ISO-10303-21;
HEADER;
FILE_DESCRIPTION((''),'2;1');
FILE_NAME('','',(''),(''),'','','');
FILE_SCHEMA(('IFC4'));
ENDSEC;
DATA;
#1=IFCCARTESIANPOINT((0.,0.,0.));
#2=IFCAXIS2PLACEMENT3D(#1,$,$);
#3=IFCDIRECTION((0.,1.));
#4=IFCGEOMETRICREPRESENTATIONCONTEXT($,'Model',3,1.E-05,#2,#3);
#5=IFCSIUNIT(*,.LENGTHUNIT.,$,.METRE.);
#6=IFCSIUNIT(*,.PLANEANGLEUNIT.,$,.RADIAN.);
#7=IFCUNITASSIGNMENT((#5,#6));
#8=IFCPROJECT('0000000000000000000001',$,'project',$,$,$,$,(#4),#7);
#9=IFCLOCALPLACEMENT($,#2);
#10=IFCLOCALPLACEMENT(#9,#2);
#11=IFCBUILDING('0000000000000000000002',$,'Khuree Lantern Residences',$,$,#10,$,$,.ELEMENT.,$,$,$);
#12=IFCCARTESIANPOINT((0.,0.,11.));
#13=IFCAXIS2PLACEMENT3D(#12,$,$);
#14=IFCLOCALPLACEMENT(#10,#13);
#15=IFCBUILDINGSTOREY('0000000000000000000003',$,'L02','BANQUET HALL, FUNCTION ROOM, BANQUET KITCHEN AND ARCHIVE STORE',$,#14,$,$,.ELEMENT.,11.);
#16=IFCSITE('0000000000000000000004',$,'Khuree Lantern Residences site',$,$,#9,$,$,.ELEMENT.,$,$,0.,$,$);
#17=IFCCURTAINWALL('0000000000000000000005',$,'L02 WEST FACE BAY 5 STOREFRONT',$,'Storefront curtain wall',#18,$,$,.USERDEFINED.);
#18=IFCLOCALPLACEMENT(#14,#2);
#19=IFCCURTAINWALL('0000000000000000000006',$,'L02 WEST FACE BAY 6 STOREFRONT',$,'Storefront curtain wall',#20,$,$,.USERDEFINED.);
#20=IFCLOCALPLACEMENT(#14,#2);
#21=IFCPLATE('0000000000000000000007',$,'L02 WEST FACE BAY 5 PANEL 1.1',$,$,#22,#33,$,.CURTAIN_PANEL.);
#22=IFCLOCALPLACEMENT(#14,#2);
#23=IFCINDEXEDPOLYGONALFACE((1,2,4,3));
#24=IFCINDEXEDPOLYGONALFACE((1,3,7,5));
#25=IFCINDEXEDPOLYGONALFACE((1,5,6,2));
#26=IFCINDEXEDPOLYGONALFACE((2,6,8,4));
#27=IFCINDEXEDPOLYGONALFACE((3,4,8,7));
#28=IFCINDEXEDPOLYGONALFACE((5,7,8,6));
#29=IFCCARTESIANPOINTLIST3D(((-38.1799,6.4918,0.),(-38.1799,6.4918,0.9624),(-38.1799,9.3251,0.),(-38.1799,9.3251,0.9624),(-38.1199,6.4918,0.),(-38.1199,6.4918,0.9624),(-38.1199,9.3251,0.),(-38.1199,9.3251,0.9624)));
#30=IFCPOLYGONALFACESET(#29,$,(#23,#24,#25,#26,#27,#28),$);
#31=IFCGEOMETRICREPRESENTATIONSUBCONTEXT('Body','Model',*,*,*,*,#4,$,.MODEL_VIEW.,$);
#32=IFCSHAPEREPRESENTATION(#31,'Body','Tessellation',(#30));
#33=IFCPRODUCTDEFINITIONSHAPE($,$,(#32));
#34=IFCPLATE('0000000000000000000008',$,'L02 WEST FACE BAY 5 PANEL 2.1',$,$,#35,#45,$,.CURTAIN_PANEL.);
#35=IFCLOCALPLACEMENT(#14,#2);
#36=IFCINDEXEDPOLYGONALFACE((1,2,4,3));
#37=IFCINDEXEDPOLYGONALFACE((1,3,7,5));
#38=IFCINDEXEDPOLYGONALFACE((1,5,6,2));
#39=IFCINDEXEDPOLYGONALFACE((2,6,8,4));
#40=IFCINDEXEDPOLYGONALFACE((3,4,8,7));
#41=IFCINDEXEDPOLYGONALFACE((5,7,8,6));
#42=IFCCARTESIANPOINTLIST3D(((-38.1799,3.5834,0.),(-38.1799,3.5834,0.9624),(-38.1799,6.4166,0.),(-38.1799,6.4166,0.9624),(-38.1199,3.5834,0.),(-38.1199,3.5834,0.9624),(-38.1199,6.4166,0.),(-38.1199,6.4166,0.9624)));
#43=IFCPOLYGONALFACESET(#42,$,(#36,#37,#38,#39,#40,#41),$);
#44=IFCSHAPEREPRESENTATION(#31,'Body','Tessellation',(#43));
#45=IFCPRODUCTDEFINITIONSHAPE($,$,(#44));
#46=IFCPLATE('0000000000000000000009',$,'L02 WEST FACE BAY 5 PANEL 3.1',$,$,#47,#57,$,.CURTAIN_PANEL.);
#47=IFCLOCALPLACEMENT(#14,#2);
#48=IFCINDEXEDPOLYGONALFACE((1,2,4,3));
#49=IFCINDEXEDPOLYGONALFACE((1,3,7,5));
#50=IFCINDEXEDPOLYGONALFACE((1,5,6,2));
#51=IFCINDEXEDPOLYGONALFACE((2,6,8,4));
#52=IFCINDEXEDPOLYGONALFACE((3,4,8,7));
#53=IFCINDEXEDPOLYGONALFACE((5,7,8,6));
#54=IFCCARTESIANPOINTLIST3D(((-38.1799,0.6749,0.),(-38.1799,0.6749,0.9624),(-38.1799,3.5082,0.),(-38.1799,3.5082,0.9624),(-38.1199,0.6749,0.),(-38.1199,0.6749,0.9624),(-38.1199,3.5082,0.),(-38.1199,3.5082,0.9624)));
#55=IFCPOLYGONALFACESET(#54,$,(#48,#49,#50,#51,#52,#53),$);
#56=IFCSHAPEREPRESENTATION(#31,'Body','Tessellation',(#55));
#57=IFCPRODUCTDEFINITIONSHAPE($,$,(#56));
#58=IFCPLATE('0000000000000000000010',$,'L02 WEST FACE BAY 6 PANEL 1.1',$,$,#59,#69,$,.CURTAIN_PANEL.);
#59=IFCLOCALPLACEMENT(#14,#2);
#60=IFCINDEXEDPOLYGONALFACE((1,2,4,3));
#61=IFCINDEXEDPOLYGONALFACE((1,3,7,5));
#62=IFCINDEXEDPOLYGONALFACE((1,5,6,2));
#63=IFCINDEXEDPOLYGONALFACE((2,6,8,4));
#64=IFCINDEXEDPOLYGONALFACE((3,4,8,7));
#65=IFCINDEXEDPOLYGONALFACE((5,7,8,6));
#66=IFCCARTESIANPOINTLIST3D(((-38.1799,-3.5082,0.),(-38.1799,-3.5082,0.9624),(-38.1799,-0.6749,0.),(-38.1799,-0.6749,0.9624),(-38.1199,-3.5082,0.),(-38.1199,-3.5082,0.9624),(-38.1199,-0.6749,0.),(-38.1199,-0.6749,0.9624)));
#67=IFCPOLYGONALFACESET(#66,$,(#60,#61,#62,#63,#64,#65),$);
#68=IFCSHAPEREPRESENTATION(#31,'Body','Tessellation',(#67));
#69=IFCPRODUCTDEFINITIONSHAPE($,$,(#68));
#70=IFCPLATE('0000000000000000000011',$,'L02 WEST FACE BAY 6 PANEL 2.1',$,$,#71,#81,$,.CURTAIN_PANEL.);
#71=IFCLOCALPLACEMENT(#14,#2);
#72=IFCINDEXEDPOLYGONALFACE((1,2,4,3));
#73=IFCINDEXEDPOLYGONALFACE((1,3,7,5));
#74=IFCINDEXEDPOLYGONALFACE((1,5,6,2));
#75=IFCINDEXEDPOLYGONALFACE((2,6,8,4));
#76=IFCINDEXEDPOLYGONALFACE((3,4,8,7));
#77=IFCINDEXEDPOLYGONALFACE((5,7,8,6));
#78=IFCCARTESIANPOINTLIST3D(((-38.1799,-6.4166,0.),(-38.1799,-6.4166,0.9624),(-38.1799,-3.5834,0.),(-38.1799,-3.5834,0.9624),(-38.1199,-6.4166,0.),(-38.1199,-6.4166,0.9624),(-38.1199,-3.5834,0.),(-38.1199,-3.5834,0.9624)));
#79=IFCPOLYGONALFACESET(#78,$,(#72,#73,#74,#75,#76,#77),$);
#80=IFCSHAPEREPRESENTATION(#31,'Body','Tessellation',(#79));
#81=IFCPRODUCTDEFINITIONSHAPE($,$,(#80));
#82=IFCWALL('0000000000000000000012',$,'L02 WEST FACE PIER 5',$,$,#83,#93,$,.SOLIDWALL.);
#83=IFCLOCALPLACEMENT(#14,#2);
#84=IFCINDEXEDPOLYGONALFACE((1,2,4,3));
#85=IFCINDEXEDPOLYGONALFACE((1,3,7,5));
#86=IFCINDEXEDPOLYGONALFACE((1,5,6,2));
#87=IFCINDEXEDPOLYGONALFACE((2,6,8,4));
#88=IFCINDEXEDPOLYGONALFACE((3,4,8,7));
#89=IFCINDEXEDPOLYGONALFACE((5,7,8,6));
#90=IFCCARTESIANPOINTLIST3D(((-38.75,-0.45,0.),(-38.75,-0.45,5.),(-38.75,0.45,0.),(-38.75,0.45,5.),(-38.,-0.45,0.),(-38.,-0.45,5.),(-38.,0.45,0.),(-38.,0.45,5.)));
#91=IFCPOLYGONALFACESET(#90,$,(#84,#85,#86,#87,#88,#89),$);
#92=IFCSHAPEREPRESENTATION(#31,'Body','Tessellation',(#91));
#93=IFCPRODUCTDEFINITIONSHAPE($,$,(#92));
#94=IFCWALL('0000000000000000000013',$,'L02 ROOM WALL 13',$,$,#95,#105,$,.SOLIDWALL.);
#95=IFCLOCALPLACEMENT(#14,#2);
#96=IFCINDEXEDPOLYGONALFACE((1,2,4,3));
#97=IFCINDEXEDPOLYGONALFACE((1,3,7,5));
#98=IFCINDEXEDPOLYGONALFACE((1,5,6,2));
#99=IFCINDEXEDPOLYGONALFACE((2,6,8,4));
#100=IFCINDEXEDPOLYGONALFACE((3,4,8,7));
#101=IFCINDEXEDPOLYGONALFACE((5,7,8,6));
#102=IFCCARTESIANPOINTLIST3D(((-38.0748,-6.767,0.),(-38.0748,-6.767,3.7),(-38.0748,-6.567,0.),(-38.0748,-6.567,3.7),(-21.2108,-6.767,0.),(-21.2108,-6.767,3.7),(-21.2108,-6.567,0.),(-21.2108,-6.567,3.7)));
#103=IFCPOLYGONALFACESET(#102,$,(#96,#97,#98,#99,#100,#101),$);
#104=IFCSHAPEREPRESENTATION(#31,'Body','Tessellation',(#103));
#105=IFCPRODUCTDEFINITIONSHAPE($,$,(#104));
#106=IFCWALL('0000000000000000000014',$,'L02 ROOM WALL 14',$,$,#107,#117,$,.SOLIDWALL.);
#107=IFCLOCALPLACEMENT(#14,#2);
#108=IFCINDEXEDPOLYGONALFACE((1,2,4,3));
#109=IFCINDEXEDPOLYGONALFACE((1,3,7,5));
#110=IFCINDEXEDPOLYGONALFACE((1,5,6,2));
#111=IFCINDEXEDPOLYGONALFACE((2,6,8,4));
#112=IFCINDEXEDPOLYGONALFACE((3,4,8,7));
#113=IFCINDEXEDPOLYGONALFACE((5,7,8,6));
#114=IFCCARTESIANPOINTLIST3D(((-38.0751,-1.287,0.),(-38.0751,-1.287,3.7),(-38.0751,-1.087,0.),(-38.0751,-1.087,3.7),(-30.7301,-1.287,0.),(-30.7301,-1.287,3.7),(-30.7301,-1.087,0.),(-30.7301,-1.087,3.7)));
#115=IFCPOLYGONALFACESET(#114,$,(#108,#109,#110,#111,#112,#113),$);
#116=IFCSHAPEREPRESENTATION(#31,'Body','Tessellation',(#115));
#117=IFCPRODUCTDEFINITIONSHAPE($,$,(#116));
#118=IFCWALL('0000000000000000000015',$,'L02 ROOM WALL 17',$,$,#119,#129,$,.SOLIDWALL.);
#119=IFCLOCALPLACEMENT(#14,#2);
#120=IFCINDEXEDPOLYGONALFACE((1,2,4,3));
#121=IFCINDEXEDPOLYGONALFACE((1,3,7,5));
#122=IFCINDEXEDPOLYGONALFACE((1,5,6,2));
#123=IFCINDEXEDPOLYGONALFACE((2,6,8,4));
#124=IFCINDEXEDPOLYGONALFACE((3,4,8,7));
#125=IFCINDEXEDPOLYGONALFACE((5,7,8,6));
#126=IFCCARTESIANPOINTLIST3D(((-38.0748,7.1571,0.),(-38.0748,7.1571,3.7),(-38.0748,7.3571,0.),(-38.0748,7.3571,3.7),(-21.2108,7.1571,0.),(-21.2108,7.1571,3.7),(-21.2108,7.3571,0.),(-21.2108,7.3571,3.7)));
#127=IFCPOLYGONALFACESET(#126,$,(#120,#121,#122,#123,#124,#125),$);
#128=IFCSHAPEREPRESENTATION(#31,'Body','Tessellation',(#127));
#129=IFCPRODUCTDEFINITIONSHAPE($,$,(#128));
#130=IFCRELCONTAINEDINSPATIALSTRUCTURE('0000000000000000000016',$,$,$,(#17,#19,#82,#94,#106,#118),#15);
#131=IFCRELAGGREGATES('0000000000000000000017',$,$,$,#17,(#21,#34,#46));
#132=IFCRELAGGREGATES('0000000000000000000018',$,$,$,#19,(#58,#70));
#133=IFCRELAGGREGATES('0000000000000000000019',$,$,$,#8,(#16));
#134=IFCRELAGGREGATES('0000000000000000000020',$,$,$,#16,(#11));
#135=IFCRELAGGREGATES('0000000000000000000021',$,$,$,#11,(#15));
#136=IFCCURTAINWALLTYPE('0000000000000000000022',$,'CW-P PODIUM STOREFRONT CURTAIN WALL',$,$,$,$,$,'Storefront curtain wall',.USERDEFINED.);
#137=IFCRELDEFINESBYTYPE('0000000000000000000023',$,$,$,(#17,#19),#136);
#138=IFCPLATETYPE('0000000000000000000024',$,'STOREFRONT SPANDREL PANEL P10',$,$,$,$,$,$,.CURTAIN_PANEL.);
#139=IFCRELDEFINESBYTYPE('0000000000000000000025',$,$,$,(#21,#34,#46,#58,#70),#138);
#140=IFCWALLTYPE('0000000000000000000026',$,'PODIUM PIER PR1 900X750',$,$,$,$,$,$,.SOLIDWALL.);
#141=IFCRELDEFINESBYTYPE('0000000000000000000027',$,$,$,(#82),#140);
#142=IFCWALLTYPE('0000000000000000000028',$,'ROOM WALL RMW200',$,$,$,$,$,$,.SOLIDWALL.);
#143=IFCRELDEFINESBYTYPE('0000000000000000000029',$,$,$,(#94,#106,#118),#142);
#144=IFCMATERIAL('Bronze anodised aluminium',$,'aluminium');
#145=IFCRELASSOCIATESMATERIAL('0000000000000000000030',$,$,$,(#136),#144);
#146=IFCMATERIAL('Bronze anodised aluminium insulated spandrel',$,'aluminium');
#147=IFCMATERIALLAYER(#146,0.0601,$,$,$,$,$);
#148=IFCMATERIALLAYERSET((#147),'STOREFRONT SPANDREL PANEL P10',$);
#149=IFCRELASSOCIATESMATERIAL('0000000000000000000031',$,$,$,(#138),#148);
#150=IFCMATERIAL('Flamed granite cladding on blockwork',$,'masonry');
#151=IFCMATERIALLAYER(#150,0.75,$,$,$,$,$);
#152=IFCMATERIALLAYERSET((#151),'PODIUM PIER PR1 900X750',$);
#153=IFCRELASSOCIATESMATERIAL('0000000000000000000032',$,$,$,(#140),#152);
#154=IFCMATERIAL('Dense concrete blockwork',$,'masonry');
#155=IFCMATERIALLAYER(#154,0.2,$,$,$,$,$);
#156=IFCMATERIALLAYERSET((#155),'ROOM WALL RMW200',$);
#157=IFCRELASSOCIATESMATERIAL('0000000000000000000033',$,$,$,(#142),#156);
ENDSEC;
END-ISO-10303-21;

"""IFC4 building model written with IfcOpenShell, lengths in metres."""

from ifc_helpers import new_model, si_unit, direction, frame, frame_2d, origin, origin_2d, place, context, subcontext, project, spatial, rectangle, extrude, material, layer, layer_set, type_object, element, aggregate, save


model = new_model("IFC4")

# Units and contexts
model_context = context("Model", 3, precision=1e-05, world=origin(), true_north=direction((0.0, 1.0)))
body_context = subcontext(model_context, "Body", "Model", "MODEL_VIEW")
ifc_project = project(units=[si_unit("LENGTHUNIT", "METRE"), si_unit("PLANEANGLEUNIT", "RADIAN")], contexts=[model_context])

# Site, building, storey
site_placement = place(None, origin())
site = spatial("IfcSite", under=ifc_project, at=site_placement, Name="Khuree Lantern Residences site", CompositionType="ELEMENT", RefElevation=0.0)
building_placement = place(site_placement, origin())
building = spatial("IfcBuilding", under=site, at=building_placement, Name="Khuree Lantern Residences", CompositionType="ELEMENT")
storey_placement = place(building_placement, frame((0.0, 0.0, 11.0)))
storey = spatial("IfcBuildingStorey", under=building, at=storey_placement, Name="L02", Description="BANQUET HALL, FUNCTION ROOM, BANQUET KITCHEN AND ARCHIVE STORE", CompositionType="ELEMENT", Elevation=11.0)

# Curtain walls
ifc_material_1 = material(Name="Bronze anodised aluminium", Category="aluminium")
curtain_wall_type = type_object("IfcCurtainWallType", Name="CW-P PODIUM STOREFRONT CURTAIN WALL", ElementType="Storefront curtain wall", PredefinedType="USERDEFINED", material=ifc_material_1)
curtain_wall_1_placement = place(storey_placement, origin())
curtain_wall_1 = element("IfcCurtainWall", 1, at=curtain_wall_1_placement, inside=storey, type_object=curtain_wall_type, Name="L02 WEST FACE BAY 5 STOREFRONT", ObjectType="Storefront curtain wall", PredefinedType="USERDEFINED")
curtain_wall_2_placement = place(storey_placement, origin())
curtain_wall_2 = element("IfcCurtainWall", 2, at=curtain_wall_2_placement, inside=storey, type_object=curtain_wall_type, Name="L02 WEST FACE BAY 6 STOREFRONT", ObjectType="Storefront curtain wall", PredefinedType="USERDEFINED")

# Plates
ifc_material_2 = material(Name="Bronze anodised aluminium insulated spandrel", Category="aluminium")
ifc_layer_1 = layer(ifc_material_2, 0.0601)
ifc_layer_set_1 = layer_set([ifc_layer_1], Name="STOREFRONT SPANDREL PANEL P10")
plate_type_1 = type_object("IfcPlateType", Name="STOREFRONT SPANDREL PANEL P10", PredefinedType="CURTAIN_PANEL", material=ifc_layer_set_1)
plate_1_placement = place(storey_placement, frame((-38.1499, 7.9084, 0.0), z_axis=(0.0, 0.0, 1.0), x_axis=(0.0, -1.0, 0.0)))
plate_1 = element("IfcPlate", 3, at=plate_1_placement, type_object=plate_type_1, Name="L02 WEST FACE BAY 5 PANEL 1.1", PredefinedType="CURTAIN_PANEL", context=body_context, shape_type="SweptSolid", body=[
    extrude(rectangle(XDim=2.8333, YDim=0.0601, at=origin_2d()), origin(), (0.0, 0.0, 1.0), 0.9624),
])
plate_2_placement = place(storey_placement, frame((-38.1499, 5.0, 0.0), z_axis=(0.0, 0.0, 1.0), x_axis=(0.0, -1.0, 0.0)))
plate_2 = element("IfcPlate", 4, at=plate_2_placement, type_object=plate_type_1, Name="L02 WEST FACE BAY 5 PANEL 2.1", PredefinedType="CURTAIN_PANEL", context=body_context, shape_type="SweptSolid", body=[
    extrude(rectangle(XDim=2.8333, YDim=0.0601, at=origin_2d()), origin(), (0.0, 0.0, 1.0), 0.9624),
])
plate_3_placement = place(storey_placement, frame((-38.1499, 2.0916, 0.0), z_axis=(0.0, 0.0, 1.0), x_axis=(0.0, -1.0, 0.0)))
plate_3 = element("IfcPlate", 5, at=plate_3_placement, type_object=plate_type_1, Name="L02 WEST FACE BAY 5 PANEL 3.1", PredefinedType="CURTAIN_PANEL", context=body_context, shape_type="SweptSolid", body=[
    extrude(rectangle(XDim=2.8333, YDim=0.0601, at=origin_2d()), origin(), (0.0, 0.0, 1.0), 0.9624),
])
aggregate(curtain_wall_1, [plate_1, plate_2, plate_3])
plate_4_placement = place(storey_placement, frame((-38.1499, -2.0916, 0.0), z_axis=(0.0, 0.0, 1.0), x_axis=(0.0, -1.0, 0.0)))
plate_4 = element("IfcPlate", 6, at=plate_4_placement, type_object=plate_type_1, Name="L02 WEST FACE BAY 6 PANEL 1.1", PredefinedType="CURTAIN_PANEL", context=body_context, shape_type="SweptSolid", body=[
    extrude(rectangle(XDim=2.8333, YDim=0.0601, at=origin_2d()), origin(), (0.0, 0.0, 1.0), 0.9624),
])
plate_5_placement = place(storey_placement, frame((-38.1499, -5.0, 0.0), z_axis=(0.0, 0.0, 1.0), x_axis=(0.0, -1.0, 0.0)))
plate_5 = element("IfcPlate", 7, at=plate_5_placement, type_object=plate_type_1, Name="L02 WEST FACE BAY 6 PANEL 2.1", PredefinedType="CURTAIN_PANEL", context=body_context, shape_type="SweptSolid", body=[
    extrude(rectangle(XDim=2.8333, YDim=0.0601, at=origin_2d()), origin(), (0.0, 0.0, 1.0), 0.9624),
])
aggregate(curtain_wall_2, [plate_4, plate_5])

# Walls
ifc_material_3 = material(Name="Flamed granite cladding on blockwork", Category="masonry")
ifc_layer_2 = layer(ifc_material_3, 0.75)
ifc_layer_set_2 = layer_set([ifc_layer_2], Name="PODIUM PIER PR1 900X750")
wall_type_1 = type_object("IfcWallType", Name="PODIUM PIER PR1 900X750", PredefinedType="SOLIDWALL", material=ifc_layer_set_2)
wall_1_placement = place(storey_placement, frame((-38.375, 0.45, 0.0), z_axis=(0.0, 0.0, 1.0), x_axis=(0.0, -1.0, 0.0)))
element("IfcWall", 8, at=wall_1_placement, inside=storey, type_object=wall_type_1, Name="L02 WEST FACE PIER 5", PredefinedType="SOLIDWALL", context=body_context, shape_type="SweptSolid", body=[
    extrude(rectangle(XDim=0.8999, YDim=0.75, at=frame_2d((0.45, 0.0))), origin(), (0.0, 0.0, 1.0), 5.0),
])
ifc_material_4 = material(Name="Dense concrete blockwork", Category="masonry")
ifc_layer_3 = layer(ifc_material_4, 0.2)
ifc_layer_set_3 = layer_set([ifc_layer_3], Name="ROOM WALL RMW200")
wall_type_2 = type_object("IfcWallType", Name="ROOM WALL RMW200", PredefinedType="SOLIDWALL", material=ifc_layer_set_3)
wall_2_placement = place(storey_placement, frame((-38.075, -6.667, 0.0), z_axis=(0.0, 0.0, 1.0), x_axis=(1.0, 0.0, 0.0)))
element("IfcWall", 9, at=wall_2_placement, inside=storey, type_object=wall_type_2, Name="L02 ROOM WALL 13", PredefinedType="SOLIDWALL", context=body_context, shape_type="SweptSolid", body=[
    extrude(rectangle(XDim=16.864, YDim=0.2, at=frame_2d((8.4321, 0.0))), origin(), (0.0, 0.0, 1.0), 3.7),
])
wall_3_placement = place(storey_placement, frame((-38.075, -1.187, 0.0), z_axis=(0.0, 0.0, 1.0), x_axis=(1.0, 0.0, 0.0)))
element("IfcWall", 10, at=wall_3_placement, inside=storey, type_object=wall_type_2, Name="L02 ROOM WALL 14", PredefinedType="SOLIDWALL", context=body_context, shape_type="SweptSolid", body=[
    extrude(rectangle(XDim=7.345, YDim=0.2, at=frame_2d((3.6724, 0.0))), origin(), (0.0, 0.0, 1.0), 3.7),
])
wall_4_placement = place(storey_placement, frame((-38.075, 7.2571, 0.0), z_axis=(0.0, 0.0, 1.0), x_axis=(1.0, 0.0, 0.0)))
element("IfcWall", 11, at=wall_4_placement, inside=storey, type_object=wall_type_2, Name="L02 ROOM WALL 17", PredefinedType="SOLIDWALL", context=body_context, shape_type="SweptSolid", body=[
    extrude(rectangle(XDim=16.864, YDim=0.2, at=frame_2d((8.4321, 0.0))), origin(), (0.0, 0.0, 1.0), 3.7),
])

save(model, "model.ifc")
